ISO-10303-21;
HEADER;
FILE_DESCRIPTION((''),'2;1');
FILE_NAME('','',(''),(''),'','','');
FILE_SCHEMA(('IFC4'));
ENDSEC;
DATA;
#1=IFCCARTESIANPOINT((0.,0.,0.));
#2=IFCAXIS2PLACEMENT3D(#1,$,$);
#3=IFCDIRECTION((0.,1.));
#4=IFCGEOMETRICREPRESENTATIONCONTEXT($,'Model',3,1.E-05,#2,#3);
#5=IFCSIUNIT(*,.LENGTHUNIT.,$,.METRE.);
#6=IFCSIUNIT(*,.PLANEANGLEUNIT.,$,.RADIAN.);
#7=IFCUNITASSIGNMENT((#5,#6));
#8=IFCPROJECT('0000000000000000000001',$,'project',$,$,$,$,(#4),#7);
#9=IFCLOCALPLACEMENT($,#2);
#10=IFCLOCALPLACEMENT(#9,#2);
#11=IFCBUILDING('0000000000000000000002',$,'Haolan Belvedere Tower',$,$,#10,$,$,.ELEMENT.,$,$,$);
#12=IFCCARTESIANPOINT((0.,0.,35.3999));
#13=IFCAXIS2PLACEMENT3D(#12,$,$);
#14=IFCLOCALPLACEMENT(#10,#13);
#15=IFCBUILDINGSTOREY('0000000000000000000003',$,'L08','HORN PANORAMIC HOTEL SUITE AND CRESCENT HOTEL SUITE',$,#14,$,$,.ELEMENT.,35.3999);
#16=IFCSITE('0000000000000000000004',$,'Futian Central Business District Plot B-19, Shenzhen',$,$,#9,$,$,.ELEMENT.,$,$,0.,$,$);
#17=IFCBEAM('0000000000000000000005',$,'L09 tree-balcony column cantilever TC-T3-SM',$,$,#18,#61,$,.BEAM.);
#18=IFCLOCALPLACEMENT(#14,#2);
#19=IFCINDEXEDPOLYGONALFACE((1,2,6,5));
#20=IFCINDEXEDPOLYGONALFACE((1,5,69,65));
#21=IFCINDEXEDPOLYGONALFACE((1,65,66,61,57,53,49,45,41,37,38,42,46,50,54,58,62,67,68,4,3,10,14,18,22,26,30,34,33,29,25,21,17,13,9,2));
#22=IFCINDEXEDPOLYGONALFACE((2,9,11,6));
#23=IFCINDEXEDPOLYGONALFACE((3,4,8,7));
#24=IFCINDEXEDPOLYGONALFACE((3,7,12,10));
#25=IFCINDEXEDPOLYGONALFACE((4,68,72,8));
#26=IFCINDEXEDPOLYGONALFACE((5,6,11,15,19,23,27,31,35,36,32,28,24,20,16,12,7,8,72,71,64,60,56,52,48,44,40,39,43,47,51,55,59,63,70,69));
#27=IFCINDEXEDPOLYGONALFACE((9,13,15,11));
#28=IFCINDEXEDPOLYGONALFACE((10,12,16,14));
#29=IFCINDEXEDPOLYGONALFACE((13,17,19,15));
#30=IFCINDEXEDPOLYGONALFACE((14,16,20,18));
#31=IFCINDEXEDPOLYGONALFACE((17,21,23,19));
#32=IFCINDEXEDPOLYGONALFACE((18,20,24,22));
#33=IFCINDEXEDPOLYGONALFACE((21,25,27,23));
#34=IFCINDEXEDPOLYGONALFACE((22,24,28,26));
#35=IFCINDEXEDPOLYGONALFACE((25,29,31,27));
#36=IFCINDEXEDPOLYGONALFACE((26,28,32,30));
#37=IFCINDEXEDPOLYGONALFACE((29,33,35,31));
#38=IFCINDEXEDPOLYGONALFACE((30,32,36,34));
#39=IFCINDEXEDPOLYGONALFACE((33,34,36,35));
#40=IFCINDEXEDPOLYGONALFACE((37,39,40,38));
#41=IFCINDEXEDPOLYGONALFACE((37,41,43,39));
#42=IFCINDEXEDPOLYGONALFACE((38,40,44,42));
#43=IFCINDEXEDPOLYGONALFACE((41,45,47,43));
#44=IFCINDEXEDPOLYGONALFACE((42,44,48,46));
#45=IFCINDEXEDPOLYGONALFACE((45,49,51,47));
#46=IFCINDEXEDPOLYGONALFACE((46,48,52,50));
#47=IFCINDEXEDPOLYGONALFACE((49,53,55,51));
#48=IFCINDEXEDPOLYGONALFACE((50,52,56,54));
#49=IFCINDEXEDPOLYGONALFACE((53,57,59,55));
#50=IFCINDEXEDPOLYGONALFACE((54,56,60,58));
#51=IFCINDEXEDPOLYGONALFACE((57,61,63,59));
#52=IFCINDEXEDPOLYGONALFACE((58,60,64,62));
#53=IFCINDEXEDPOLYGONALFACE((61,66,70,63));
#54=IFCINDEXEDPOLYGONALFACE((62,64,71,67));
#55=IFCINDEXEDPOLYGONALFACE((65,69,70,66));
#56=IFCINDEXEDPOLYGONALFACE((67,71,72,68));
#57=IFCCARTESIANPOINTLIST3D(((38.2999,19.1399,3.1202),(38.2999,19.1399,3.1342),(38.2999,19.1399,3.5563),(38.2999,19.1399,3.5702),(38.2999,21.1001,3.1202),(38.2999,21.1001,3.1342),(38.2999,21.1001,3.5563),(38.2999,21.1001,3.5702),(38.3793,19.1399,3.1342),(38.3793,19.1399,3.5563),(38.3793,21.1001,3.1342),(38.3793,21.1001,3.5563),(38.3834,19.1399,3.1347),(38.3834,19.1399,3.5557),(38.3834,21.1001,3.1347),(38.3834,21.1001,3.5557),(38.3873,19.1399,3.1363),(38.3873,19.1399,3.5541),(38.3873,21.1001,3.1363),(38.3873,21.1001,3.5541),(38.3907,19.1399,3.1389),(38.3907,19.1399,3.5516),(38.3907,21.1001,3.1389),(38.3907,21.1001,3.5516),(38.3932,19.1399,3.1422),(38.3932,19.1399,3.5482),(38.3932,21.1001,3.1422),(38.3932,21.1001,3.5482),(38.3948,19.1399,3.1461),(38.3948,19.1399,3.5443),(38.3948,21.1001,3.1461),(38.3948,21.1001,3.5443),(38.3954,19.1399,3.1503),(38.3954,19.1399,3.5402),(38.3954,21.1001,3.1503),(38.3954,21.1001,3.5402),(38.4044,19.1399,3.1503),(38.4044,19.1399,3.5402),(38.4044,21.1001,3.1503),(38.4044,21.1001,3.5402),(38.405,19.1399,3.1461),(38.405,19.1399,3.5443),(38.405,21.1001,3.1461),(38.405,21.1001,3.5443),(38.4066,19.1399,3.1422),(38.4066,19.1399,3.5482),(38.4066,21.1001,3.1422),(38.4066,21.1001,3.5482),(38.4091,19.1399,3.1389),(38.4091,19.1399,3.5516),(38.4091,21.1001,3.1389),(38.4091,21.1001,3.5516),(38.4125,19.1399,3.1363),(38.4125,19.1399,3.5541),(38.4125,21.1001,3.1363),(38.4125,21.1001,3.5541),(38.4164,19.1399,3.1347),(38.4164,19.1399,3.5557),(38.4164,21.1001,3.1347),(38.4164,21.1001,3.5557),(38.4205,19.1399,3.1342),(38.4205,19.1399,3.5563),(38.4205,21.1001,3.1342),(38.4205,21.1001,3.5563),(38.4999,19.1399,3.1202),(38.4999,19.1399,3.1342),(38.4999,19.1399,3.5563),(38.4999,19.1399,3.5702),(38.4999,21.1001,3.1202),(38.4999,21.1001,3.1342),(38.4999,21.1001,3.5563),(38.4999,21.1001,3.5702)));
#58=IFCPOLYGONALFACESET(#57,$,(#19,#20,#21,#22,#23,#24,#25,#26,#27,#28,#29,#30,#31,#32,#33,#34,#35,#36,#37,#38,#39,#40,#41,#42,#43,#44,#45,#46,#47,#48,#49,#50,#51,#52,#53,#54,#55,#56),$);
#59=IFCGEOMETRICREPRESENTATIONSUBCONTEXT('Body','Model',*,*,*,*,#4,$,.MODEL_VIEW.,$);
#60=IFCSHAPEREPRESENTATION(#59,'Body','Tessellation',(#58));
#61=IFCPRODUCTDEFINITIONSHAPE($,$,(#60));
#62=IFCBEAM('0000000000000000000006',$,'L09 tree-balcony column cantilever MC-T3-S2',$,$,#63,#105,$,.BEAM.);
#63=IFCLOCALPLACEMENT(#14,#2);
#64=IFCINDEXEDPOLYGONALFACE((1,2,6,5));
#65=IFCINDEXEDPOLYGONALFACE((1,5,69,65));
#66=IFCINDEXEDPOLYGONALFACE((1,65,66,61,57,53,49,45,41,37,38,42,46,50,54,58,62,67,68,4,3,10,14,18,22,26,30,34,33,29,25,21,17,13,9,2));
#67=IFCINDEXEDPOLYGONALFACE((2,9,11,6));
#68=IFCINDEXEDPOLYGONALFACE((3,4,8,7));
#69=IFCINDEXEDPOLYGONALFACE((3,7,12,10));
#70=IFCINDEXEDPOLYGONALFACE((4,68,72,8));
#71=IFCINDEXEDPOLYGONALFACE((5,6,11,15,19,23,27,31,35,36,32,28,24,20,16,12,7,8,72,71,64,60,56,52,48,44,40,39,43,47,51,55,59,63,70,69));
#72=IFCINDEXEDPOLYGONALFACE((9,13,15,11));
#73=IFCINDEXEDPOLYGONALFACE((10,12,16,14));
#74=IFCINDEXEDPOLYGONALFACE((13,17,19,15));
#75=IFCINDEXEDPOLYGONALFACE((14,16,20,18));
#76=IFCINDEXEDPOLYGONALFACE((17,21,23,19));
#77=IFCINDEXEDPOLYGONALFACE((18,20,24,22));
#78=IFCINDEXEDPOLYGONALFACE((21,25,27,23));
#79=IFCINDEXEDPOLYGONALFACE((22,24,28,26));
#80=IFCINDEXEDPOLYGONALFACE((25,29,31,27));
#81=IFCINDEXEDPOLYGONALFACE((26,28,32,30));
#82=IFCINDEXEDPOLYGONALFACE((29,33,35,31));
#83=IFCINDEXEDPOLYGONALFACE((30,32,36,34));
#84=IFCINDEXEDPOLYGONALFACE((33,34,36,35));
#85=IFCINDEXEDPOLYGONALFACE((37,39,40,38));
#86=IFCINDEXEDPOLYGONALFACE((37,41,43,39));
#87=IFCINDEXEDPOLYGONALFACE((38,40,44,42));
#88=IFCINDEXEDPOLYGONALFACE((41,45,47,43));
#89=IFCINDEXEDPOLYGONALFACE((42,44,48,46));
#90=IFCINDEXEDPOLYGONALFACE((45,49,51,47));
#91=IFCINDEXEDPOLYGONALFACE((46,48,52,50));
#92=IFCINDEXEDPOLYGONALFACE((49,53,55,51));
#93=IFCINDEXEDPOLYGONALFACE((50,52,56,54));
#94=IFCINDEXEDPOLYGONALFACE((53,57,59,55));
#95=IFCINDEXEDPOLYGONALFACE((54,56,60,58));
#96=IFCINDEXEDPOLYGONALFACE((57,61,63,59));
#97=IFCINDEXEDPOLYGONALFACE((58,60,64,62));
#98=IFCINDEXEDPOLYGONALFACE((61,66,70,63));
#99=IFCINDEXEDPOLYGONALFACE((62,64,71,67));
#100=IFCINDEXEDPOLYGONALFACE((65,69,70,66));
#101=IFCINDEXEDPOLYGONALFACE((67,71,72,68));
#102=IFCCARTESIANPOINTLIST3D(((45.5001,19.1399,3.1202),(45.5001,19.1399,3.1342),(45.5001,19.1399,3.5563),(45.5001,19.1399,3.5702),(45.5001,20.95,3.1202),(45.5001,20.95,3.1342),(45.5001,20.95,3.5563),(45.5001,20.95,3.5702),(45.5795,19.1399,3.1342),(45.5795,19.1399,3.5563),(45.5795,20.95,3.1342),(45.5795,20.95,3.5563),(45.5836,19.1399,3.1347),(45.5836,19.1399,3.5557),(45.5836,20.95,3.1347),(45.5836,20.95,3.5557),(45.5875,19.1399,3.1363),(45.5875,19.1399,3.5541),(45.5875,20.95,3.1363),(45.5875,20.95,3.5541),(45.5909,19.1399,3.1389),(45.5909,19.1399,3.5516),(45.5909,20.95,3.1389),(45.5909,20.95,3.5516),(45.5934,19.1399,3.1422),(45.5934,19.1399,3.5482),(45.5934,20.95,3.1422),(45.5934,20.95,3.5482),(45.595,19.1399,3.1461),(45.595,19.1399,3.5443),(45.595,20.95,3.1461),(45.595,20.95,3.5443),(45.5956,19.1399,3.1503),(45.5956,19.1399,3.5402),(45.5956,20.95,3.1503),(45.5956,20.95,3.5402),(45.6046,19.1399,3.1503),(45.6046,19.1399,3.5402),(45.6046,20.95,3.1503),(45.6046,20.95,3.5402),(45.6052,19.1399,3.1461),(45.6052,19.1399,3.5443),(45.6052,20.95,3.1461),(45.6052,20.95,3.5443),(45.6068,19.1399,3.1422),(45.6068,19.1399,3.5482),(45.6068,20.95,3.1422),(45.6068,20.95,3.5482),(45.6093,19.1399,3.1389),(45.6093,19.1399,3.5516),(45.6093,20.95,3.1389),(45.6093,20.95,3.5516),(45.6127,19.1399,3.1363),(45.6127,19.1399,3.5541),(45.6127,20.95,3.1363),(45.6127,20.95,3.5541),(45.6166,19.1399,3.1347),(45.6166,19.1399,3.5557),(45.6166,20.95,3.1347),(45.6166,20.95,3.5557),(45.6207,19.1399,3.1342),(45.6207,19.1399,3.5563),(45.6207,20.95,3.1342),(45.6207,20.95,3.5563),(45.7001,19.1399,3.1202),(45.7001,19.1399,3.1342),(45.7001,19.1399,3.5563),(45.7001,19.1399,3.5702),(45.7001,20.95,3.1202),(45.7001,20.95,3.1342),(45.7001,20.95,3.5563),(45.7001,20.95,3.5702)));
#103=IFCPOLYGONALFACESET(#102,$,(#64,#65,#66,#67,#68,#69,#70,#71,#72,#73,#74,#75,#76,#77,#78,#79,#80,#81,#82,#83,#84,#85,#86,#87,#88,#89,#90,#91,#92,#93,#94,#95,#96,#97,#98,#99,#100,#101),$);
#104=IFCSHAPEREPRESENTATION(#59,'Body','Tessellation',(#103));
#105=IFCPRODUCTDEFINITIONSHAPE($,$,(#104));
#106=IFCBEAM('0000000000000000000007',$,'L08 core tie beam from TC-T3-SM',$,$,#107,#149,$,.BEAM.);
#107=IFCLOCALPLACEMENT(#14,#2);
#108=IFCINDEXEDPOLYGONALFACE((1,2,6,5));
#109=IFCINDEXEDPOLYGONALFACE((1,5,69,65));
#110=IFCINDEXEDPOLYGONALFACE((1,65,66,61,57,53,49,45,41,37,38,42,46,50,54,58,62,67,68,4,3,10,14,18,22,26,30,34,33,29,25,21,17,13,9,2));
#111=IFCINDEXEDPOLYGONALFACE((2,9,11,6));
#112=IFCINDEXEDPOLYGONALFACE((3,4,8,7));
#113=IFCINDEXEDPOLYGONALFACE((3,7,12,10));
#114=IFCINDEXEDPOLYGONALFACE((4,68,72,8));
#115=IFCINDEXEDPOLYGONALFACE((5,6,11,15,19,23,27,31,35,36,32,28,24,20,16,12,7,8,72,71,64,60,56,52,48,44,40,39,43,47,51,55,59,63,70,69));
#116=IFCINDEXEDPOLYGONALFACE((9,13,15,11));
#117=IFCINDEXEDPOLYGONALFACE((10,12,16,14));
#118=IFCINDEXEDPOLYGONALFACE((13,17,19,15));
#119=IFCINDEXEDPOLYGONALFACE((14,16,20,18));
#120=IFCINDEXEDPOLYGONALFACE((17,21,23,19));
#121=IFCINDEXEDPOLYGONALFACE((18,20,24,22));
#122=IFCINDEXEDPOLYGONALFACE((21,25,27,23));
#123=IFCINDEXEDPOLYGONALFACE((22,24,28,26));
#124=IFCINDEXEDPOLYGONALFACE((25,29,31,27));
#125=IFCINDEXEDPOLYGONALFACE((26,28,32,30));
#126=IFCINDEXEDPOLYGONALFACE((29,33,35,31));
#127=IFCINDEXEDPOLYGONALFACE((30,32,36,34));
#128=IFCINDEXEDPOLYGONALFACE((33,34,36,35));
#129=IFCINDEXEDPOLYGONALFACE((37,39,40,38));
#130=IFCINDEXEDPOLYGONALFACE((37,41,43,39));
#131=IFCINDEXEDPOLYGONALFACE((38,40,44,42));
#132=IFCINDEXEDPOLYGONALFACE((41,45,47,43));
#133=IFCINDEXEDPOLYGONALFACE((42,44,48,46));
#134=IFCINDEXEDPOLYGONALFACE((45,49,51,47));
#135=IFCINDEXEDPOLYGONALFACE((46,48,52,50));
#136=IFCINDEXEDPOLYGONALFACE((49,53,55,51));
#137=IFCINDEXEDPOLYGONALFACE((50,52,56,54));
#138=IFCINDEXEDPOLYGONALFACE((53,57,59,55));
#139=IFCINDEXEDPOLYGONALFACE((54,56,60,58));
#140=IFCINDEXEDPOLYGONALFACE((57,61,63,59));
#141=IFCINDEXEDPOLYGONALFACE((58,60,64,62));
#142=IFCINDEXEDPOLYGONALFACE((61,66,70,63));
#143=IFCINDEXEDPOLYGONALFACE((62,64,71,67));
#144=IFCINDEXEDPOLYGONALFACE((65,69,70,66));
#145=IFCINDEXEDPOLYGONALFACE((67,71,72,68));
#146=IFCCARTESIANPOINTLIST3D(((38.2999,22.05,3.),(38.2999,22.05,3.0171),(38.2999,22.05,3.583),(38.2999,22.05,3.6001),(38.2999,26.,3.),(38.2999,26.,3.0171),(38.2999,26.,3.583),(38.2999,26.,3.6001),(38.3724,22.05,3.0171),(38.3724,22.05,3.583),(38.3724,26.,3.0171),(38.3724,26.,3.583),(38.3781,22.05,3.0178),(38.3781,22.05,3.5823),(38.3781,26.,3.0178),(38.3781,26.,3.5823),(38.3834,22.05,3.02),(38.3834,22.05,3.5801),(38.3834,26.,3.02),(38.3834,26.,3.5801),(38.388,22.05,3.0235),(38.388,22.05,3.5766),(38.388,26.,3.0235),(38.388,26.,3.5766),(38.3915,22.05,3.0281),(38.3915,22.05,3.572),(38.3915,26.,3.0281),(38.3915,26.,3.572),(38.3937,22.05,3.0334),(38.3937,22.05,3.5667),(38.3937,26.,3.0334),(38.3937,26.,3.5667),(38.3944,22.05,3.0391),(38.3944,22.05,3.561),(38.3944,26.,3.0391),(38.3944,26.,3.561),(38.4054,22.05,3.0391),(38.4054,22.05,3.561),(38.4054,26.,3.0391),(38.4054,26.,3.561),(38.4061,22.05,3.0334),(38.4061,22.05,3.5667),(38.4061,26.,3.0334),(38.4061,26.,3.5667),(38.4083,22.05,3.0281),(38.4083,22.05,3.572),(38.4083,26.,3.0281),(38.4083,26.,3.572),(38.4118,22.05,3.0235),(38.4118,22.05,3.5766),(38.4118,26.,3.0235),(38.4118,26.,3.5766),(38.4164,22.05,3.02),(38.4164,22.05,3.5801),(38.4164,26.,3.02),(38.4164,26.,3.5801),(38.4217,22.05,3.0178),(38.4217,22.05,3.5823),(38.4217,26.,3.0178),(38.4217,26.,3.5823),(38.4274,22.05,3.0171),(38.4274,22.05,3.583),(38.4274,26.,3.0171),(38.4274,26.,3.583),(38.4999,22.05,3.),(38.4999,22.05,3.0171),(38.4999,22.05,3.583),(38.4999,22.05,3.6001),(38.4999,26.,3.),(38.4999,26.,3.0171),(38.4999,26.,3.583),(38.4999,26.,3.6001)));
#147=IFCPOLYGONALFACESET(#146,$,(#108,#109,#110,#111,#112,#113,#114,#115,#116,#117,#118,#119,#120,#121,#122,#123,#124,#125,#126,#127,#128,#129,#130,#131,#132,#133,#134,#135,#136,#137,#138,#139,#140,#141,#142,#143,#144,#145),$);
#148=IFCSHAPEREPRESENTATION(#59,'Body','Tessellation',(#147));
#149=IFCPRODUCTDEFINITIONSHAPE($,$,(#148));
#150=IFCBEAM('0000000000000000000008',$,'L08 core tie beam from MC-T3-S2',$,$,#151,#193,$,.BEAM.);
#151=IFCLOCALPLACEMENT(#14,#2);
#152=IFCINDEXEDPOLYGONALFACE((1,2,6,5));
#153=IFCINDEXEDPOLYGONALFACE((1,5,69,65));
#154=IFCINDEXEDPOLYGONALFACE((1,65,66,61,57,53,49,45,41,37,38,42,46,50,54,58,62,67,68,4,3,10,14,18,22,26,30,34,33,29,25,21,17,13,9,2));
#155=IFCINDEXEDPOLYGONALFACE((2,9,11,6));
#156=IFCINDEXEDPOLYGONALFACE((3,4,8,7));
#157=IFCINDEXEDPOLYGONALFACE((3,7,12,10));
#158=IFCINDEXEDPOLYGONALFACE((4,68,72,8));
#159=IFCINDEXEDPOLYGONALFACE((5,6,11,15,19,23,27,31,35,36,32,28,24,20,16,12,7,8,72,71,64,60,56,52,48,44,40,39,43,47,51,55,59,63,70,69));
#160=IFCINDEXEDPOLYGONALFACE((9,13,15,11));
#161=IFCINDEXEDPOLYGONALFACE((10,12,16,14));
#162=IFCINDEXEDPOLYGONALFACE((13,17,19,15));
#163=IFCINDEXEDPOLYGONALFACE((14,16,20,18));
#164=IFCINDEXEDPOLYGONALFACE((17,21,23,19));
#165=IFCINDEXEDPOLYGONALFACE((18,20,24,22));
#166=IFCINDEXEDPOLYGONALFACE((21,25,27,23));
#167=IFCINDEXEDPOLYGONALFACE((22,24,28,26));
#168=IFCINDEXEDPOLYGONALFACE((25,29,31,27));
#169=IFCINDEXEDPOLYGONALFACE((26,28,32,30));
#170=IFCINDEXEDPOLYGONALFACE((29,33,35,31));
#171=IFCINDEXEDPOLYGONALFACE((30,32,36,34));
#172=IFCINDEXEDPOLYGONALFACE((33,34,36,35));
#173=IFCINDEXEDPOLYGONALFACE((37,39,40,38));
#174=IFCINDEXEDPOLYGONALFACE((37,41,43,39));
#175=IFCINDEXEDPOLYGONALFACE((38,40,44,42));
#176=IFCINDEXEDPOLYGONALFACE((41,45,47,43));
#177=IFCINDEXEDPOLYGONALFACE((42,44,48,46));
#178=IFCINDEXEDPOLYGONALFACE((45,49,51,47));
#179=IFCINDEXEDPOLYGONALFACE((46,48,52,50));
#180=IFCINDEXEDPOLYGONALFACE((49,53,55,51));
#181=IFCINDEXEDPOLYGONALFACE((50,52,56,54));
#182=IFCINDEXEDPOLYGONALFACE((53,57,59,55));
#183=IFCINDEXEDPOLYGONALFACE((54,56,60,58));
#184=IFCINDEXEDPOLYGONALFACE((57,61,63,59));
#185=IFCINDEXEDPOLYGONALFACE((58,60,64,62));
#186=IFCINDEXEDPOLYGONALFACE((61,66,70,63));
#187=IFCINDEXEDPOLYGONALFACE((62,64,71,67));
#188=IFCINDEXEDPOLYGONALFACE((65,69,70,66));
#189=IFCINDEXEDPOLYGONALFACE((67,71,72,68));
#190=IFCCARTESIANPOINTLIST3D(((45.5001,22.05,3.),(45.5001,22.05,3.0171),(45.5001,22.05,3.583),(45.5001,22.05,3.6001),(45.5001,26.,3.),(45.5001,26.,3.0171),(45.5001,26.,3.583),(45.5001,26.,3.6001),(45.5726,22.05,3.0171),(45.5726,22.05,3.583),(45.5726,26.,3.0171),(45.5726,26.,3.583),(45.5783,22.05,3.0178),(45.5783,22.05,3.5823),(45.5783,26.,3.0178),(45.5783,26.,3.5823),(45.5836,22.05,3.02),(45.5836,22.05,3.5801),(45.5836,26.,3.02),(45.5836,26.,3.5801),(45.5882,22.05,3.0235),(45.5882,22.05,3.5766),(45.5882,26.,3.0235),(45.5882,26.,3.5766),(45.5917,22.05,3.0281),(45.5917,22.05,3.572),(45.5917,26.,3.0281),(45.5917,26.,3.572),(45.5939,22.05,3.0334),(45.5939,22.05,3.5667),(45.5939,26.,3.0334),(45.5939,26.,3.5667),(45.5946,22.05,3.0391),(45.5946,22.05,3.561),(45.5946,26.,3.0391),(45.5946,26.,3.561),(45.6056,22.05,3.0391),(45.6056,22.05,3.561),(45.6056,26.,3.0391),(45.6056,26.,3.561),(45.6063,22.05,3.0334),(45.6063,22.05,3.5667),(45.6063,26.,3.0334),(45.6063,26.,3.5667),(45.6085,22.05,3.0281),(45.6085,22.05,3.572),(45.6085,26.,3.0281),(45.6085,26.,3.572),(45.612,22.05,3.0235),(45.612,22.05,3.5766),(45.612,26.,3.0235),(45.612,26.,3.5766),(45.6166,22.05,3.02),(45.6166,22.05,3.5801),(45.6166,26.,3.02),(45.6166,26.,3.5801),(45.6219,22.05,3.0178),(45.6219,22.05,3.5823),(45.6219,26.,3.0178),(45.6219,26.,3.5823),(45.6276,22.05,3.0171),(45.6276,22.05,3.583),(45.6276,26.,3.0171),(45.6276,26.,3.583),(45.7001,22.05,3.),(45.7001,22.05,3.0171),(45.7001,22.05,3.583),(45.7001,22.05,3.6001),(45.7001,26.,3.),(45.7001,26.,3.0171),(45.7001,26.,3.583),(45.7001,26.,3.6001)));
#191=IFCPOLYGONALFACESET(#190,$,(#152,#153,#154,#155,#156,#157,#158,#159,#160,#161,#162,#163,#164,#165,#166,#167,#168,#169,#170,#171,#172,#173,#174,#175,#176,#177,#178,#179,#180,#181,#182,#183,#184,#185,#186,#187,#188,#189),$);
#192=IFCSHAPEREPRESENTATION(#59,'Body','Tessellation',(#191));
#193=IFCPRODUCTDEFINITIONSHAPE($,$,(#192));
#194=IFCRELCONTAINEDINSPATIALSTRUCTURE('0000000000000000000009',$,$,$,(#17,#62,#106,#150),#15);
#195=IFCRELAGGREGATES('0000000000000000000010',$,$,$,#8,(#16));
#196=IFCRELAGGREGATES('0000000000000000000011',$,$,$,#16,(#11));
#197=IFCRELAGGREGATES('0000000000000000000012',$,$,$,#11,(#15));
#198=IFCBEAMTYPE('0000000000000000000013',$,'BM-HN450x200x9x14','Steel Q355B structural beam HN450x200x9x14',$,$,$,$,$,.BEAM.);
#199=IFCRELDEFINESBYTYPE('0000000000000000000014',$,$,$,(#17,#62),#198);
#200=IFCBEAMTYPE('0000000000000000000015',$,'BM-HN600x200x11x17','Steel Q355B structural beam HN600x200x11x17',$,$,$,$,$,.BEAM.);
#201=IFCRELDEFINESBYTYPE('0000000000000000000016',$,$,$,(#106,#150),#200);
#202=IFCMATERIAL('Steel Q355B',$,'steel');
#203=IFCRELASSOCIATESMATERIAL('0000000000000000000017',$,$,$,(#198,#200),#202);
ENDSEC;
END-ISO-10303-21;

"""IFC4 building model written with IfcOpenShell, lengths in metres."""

from ifc_helpers import new_model, si_unit, direction, frame, origin, origin_2d, place, context, subcontext, project, spatial, i_section, extrude, material, material_profile, profile_set, type_object, element, save


model = new_model("IFC4")

# Units and contexts
model_context = context("Model", 3, precision=1e-05, world=origin(), true_north=direction((0.0, 1.0)))
body_context = subcontext(model_context, "Body", "Model", "MODEL_VIEW")
ifc_project = project(units=[si_unit("LENGTHUNIT", "METRE"), si_unit("PLANEANGLEUNIT", "RADIAN")], contexts=[model_context])

# Site, building, storey
site_placement = place(None, origin())
site = spatial("IfcSite", under=ifc_project, at=site_placement, Name="Futian Central Business District Plot B-19, Shenzhen", CompositionType="ELEMENT", RefElevation=0.0)
building_placement = place(site_placement, origin())
building = spatial("IfcBuilding", under=site, at=building_placement, Name="Haolan Belvedere Tower", CompositionType="ELEMENT")
storey_placement = place(building_placement, frame((0.0, 0.0, 35.3999)))
storey = spatial("IfcBuildingStorey", under=building, at=storey_placement, Name="L08", Description="HORN PANORAMIC HOTEL SUITE AND CRESCENT HOTEL SUITE", CompositionType="ELEMENT", Elevation=35.3999)

# Shared definitions
ifc_material_1 = material(Name="Steel Q355B", Category="steel")

# Beams
ifc_material_profile_1 = material_profile(ifc_material_1, i_section(OverallWidth=0.2, OverallDepth=0.45, WebThickness=0.009, FlangeThickness=0.0139, FilletRadius=0.0161, at=origin_2d()), Name="Steel Q355B")
ifc_profile_set_1 = profile_set([ifc_material_profile_1], Name="Steel Q355B")
beam_type_1 = type_object("IfcBeamType", Name="BM-HN450x200x9x14", Description="Steel Q355B structural beam HN450x200x9x14", PredefinedType="BEAM", material=ifc_profile_set_1)
beam_1_placement = place(storey_placement, frame((38.3999, 21.1001, 3.3452), z_axis=(0.0, -1.0, 0.0), x_axis=(1.0, 0.0, 0.0)))
element("IfcBeam", 1, at=beam_1_placement, inside=storey, type_object=beam_type_1, Name="L09 tree-balcony column cantilever TC-T3-SM", PredefinedType="BEAM", context=body_context, shape_type="SweptSolid", body=[
    extrude(i_section(OverallWidth=0.2, OverallDepth=0.45, WebThickness=0.009, FlangeThickness=0.0139, FilletRadius=0.0161, at=origin_2d()), origin(), (0.0, 0.0, 1.0), 1.9602),
])
beam_2_placement = place(storey_placement, frame((45.6001, 20.95, 3.3452), z_axis=(0.0, -1.0, 0.0), x_axis=(1.0, 0.0, 0.0)))
element("IfcBeam", 2, at=beam_2_placement, inside=storey, type_object=beam_type_1, Name="L09 tree-balcony column cantilever MC-T3-S2", PredefinedType="BEAM", context=body_context, shape_type="SweptSolid", body=[
    extrude(i_section(OverallWidth=0.2, OverallDepth=0.45, WebThickness=0.009, FlangeThickness=0.0139, FilletRadius=0.0161, at=origin_2d()), origin(), (0.0, 0.0, 1.0), 1.8101),
])
ifc_material_profile_2 = material_profile(ifc_material_1, i_section(OverallWidth=0.2, OverallDepth=0.6001, WebThickness=0.011, FlangeThickness=0.0171, FilletRadius=0.022, at=origin_2d()), Name="Steel Q355B")
ifc_profile_set_2 = profile_set([ifc_material_profile_2], Name="Steel Q355B")
beam_type_2 = type_object("IfcBeamType", Name="BM-HN600x200x11x17", Description="Steel Q355B structural beam HN600x200x11x17", PredefinedType="BEAM", material=ifc_profile_set_2)
for number, where, z_axis, x_axis, name in (
    (3, (38.3999, 22.05, 3.3), (0.0, 1.0, 0.0), (-1.0, 0.0, 0.0), "L08 core tie beam from TC-T3-SM"),
    (4, (45.6001, 22.05, 3.3), (0.0, 1.0, 0.0), (-1.0, 0.0, 0.0), "L08 core tie beam from MC-T3-S2"),
):
    element("IfcBeam", number, at=place(storey_placement, frame(where, z_axis=z_axis, x_axis=x_axis)), inside=storey, type_object=beam_type_2, Name=name, PredefinedType="BEAM", context=body_context, shape_type="SweptSolid", body=[
        extrude(i_section(OverallWidth=0.2, OverallDepth=0.6001, WebThickness=0.011, FlangeThickness=0.0171, FilletRadius=0.022, at=origin_2d()), origin(), (0.0, 0.0, 1.0), 3.95),
    ])

save(model, "model.ifc")
